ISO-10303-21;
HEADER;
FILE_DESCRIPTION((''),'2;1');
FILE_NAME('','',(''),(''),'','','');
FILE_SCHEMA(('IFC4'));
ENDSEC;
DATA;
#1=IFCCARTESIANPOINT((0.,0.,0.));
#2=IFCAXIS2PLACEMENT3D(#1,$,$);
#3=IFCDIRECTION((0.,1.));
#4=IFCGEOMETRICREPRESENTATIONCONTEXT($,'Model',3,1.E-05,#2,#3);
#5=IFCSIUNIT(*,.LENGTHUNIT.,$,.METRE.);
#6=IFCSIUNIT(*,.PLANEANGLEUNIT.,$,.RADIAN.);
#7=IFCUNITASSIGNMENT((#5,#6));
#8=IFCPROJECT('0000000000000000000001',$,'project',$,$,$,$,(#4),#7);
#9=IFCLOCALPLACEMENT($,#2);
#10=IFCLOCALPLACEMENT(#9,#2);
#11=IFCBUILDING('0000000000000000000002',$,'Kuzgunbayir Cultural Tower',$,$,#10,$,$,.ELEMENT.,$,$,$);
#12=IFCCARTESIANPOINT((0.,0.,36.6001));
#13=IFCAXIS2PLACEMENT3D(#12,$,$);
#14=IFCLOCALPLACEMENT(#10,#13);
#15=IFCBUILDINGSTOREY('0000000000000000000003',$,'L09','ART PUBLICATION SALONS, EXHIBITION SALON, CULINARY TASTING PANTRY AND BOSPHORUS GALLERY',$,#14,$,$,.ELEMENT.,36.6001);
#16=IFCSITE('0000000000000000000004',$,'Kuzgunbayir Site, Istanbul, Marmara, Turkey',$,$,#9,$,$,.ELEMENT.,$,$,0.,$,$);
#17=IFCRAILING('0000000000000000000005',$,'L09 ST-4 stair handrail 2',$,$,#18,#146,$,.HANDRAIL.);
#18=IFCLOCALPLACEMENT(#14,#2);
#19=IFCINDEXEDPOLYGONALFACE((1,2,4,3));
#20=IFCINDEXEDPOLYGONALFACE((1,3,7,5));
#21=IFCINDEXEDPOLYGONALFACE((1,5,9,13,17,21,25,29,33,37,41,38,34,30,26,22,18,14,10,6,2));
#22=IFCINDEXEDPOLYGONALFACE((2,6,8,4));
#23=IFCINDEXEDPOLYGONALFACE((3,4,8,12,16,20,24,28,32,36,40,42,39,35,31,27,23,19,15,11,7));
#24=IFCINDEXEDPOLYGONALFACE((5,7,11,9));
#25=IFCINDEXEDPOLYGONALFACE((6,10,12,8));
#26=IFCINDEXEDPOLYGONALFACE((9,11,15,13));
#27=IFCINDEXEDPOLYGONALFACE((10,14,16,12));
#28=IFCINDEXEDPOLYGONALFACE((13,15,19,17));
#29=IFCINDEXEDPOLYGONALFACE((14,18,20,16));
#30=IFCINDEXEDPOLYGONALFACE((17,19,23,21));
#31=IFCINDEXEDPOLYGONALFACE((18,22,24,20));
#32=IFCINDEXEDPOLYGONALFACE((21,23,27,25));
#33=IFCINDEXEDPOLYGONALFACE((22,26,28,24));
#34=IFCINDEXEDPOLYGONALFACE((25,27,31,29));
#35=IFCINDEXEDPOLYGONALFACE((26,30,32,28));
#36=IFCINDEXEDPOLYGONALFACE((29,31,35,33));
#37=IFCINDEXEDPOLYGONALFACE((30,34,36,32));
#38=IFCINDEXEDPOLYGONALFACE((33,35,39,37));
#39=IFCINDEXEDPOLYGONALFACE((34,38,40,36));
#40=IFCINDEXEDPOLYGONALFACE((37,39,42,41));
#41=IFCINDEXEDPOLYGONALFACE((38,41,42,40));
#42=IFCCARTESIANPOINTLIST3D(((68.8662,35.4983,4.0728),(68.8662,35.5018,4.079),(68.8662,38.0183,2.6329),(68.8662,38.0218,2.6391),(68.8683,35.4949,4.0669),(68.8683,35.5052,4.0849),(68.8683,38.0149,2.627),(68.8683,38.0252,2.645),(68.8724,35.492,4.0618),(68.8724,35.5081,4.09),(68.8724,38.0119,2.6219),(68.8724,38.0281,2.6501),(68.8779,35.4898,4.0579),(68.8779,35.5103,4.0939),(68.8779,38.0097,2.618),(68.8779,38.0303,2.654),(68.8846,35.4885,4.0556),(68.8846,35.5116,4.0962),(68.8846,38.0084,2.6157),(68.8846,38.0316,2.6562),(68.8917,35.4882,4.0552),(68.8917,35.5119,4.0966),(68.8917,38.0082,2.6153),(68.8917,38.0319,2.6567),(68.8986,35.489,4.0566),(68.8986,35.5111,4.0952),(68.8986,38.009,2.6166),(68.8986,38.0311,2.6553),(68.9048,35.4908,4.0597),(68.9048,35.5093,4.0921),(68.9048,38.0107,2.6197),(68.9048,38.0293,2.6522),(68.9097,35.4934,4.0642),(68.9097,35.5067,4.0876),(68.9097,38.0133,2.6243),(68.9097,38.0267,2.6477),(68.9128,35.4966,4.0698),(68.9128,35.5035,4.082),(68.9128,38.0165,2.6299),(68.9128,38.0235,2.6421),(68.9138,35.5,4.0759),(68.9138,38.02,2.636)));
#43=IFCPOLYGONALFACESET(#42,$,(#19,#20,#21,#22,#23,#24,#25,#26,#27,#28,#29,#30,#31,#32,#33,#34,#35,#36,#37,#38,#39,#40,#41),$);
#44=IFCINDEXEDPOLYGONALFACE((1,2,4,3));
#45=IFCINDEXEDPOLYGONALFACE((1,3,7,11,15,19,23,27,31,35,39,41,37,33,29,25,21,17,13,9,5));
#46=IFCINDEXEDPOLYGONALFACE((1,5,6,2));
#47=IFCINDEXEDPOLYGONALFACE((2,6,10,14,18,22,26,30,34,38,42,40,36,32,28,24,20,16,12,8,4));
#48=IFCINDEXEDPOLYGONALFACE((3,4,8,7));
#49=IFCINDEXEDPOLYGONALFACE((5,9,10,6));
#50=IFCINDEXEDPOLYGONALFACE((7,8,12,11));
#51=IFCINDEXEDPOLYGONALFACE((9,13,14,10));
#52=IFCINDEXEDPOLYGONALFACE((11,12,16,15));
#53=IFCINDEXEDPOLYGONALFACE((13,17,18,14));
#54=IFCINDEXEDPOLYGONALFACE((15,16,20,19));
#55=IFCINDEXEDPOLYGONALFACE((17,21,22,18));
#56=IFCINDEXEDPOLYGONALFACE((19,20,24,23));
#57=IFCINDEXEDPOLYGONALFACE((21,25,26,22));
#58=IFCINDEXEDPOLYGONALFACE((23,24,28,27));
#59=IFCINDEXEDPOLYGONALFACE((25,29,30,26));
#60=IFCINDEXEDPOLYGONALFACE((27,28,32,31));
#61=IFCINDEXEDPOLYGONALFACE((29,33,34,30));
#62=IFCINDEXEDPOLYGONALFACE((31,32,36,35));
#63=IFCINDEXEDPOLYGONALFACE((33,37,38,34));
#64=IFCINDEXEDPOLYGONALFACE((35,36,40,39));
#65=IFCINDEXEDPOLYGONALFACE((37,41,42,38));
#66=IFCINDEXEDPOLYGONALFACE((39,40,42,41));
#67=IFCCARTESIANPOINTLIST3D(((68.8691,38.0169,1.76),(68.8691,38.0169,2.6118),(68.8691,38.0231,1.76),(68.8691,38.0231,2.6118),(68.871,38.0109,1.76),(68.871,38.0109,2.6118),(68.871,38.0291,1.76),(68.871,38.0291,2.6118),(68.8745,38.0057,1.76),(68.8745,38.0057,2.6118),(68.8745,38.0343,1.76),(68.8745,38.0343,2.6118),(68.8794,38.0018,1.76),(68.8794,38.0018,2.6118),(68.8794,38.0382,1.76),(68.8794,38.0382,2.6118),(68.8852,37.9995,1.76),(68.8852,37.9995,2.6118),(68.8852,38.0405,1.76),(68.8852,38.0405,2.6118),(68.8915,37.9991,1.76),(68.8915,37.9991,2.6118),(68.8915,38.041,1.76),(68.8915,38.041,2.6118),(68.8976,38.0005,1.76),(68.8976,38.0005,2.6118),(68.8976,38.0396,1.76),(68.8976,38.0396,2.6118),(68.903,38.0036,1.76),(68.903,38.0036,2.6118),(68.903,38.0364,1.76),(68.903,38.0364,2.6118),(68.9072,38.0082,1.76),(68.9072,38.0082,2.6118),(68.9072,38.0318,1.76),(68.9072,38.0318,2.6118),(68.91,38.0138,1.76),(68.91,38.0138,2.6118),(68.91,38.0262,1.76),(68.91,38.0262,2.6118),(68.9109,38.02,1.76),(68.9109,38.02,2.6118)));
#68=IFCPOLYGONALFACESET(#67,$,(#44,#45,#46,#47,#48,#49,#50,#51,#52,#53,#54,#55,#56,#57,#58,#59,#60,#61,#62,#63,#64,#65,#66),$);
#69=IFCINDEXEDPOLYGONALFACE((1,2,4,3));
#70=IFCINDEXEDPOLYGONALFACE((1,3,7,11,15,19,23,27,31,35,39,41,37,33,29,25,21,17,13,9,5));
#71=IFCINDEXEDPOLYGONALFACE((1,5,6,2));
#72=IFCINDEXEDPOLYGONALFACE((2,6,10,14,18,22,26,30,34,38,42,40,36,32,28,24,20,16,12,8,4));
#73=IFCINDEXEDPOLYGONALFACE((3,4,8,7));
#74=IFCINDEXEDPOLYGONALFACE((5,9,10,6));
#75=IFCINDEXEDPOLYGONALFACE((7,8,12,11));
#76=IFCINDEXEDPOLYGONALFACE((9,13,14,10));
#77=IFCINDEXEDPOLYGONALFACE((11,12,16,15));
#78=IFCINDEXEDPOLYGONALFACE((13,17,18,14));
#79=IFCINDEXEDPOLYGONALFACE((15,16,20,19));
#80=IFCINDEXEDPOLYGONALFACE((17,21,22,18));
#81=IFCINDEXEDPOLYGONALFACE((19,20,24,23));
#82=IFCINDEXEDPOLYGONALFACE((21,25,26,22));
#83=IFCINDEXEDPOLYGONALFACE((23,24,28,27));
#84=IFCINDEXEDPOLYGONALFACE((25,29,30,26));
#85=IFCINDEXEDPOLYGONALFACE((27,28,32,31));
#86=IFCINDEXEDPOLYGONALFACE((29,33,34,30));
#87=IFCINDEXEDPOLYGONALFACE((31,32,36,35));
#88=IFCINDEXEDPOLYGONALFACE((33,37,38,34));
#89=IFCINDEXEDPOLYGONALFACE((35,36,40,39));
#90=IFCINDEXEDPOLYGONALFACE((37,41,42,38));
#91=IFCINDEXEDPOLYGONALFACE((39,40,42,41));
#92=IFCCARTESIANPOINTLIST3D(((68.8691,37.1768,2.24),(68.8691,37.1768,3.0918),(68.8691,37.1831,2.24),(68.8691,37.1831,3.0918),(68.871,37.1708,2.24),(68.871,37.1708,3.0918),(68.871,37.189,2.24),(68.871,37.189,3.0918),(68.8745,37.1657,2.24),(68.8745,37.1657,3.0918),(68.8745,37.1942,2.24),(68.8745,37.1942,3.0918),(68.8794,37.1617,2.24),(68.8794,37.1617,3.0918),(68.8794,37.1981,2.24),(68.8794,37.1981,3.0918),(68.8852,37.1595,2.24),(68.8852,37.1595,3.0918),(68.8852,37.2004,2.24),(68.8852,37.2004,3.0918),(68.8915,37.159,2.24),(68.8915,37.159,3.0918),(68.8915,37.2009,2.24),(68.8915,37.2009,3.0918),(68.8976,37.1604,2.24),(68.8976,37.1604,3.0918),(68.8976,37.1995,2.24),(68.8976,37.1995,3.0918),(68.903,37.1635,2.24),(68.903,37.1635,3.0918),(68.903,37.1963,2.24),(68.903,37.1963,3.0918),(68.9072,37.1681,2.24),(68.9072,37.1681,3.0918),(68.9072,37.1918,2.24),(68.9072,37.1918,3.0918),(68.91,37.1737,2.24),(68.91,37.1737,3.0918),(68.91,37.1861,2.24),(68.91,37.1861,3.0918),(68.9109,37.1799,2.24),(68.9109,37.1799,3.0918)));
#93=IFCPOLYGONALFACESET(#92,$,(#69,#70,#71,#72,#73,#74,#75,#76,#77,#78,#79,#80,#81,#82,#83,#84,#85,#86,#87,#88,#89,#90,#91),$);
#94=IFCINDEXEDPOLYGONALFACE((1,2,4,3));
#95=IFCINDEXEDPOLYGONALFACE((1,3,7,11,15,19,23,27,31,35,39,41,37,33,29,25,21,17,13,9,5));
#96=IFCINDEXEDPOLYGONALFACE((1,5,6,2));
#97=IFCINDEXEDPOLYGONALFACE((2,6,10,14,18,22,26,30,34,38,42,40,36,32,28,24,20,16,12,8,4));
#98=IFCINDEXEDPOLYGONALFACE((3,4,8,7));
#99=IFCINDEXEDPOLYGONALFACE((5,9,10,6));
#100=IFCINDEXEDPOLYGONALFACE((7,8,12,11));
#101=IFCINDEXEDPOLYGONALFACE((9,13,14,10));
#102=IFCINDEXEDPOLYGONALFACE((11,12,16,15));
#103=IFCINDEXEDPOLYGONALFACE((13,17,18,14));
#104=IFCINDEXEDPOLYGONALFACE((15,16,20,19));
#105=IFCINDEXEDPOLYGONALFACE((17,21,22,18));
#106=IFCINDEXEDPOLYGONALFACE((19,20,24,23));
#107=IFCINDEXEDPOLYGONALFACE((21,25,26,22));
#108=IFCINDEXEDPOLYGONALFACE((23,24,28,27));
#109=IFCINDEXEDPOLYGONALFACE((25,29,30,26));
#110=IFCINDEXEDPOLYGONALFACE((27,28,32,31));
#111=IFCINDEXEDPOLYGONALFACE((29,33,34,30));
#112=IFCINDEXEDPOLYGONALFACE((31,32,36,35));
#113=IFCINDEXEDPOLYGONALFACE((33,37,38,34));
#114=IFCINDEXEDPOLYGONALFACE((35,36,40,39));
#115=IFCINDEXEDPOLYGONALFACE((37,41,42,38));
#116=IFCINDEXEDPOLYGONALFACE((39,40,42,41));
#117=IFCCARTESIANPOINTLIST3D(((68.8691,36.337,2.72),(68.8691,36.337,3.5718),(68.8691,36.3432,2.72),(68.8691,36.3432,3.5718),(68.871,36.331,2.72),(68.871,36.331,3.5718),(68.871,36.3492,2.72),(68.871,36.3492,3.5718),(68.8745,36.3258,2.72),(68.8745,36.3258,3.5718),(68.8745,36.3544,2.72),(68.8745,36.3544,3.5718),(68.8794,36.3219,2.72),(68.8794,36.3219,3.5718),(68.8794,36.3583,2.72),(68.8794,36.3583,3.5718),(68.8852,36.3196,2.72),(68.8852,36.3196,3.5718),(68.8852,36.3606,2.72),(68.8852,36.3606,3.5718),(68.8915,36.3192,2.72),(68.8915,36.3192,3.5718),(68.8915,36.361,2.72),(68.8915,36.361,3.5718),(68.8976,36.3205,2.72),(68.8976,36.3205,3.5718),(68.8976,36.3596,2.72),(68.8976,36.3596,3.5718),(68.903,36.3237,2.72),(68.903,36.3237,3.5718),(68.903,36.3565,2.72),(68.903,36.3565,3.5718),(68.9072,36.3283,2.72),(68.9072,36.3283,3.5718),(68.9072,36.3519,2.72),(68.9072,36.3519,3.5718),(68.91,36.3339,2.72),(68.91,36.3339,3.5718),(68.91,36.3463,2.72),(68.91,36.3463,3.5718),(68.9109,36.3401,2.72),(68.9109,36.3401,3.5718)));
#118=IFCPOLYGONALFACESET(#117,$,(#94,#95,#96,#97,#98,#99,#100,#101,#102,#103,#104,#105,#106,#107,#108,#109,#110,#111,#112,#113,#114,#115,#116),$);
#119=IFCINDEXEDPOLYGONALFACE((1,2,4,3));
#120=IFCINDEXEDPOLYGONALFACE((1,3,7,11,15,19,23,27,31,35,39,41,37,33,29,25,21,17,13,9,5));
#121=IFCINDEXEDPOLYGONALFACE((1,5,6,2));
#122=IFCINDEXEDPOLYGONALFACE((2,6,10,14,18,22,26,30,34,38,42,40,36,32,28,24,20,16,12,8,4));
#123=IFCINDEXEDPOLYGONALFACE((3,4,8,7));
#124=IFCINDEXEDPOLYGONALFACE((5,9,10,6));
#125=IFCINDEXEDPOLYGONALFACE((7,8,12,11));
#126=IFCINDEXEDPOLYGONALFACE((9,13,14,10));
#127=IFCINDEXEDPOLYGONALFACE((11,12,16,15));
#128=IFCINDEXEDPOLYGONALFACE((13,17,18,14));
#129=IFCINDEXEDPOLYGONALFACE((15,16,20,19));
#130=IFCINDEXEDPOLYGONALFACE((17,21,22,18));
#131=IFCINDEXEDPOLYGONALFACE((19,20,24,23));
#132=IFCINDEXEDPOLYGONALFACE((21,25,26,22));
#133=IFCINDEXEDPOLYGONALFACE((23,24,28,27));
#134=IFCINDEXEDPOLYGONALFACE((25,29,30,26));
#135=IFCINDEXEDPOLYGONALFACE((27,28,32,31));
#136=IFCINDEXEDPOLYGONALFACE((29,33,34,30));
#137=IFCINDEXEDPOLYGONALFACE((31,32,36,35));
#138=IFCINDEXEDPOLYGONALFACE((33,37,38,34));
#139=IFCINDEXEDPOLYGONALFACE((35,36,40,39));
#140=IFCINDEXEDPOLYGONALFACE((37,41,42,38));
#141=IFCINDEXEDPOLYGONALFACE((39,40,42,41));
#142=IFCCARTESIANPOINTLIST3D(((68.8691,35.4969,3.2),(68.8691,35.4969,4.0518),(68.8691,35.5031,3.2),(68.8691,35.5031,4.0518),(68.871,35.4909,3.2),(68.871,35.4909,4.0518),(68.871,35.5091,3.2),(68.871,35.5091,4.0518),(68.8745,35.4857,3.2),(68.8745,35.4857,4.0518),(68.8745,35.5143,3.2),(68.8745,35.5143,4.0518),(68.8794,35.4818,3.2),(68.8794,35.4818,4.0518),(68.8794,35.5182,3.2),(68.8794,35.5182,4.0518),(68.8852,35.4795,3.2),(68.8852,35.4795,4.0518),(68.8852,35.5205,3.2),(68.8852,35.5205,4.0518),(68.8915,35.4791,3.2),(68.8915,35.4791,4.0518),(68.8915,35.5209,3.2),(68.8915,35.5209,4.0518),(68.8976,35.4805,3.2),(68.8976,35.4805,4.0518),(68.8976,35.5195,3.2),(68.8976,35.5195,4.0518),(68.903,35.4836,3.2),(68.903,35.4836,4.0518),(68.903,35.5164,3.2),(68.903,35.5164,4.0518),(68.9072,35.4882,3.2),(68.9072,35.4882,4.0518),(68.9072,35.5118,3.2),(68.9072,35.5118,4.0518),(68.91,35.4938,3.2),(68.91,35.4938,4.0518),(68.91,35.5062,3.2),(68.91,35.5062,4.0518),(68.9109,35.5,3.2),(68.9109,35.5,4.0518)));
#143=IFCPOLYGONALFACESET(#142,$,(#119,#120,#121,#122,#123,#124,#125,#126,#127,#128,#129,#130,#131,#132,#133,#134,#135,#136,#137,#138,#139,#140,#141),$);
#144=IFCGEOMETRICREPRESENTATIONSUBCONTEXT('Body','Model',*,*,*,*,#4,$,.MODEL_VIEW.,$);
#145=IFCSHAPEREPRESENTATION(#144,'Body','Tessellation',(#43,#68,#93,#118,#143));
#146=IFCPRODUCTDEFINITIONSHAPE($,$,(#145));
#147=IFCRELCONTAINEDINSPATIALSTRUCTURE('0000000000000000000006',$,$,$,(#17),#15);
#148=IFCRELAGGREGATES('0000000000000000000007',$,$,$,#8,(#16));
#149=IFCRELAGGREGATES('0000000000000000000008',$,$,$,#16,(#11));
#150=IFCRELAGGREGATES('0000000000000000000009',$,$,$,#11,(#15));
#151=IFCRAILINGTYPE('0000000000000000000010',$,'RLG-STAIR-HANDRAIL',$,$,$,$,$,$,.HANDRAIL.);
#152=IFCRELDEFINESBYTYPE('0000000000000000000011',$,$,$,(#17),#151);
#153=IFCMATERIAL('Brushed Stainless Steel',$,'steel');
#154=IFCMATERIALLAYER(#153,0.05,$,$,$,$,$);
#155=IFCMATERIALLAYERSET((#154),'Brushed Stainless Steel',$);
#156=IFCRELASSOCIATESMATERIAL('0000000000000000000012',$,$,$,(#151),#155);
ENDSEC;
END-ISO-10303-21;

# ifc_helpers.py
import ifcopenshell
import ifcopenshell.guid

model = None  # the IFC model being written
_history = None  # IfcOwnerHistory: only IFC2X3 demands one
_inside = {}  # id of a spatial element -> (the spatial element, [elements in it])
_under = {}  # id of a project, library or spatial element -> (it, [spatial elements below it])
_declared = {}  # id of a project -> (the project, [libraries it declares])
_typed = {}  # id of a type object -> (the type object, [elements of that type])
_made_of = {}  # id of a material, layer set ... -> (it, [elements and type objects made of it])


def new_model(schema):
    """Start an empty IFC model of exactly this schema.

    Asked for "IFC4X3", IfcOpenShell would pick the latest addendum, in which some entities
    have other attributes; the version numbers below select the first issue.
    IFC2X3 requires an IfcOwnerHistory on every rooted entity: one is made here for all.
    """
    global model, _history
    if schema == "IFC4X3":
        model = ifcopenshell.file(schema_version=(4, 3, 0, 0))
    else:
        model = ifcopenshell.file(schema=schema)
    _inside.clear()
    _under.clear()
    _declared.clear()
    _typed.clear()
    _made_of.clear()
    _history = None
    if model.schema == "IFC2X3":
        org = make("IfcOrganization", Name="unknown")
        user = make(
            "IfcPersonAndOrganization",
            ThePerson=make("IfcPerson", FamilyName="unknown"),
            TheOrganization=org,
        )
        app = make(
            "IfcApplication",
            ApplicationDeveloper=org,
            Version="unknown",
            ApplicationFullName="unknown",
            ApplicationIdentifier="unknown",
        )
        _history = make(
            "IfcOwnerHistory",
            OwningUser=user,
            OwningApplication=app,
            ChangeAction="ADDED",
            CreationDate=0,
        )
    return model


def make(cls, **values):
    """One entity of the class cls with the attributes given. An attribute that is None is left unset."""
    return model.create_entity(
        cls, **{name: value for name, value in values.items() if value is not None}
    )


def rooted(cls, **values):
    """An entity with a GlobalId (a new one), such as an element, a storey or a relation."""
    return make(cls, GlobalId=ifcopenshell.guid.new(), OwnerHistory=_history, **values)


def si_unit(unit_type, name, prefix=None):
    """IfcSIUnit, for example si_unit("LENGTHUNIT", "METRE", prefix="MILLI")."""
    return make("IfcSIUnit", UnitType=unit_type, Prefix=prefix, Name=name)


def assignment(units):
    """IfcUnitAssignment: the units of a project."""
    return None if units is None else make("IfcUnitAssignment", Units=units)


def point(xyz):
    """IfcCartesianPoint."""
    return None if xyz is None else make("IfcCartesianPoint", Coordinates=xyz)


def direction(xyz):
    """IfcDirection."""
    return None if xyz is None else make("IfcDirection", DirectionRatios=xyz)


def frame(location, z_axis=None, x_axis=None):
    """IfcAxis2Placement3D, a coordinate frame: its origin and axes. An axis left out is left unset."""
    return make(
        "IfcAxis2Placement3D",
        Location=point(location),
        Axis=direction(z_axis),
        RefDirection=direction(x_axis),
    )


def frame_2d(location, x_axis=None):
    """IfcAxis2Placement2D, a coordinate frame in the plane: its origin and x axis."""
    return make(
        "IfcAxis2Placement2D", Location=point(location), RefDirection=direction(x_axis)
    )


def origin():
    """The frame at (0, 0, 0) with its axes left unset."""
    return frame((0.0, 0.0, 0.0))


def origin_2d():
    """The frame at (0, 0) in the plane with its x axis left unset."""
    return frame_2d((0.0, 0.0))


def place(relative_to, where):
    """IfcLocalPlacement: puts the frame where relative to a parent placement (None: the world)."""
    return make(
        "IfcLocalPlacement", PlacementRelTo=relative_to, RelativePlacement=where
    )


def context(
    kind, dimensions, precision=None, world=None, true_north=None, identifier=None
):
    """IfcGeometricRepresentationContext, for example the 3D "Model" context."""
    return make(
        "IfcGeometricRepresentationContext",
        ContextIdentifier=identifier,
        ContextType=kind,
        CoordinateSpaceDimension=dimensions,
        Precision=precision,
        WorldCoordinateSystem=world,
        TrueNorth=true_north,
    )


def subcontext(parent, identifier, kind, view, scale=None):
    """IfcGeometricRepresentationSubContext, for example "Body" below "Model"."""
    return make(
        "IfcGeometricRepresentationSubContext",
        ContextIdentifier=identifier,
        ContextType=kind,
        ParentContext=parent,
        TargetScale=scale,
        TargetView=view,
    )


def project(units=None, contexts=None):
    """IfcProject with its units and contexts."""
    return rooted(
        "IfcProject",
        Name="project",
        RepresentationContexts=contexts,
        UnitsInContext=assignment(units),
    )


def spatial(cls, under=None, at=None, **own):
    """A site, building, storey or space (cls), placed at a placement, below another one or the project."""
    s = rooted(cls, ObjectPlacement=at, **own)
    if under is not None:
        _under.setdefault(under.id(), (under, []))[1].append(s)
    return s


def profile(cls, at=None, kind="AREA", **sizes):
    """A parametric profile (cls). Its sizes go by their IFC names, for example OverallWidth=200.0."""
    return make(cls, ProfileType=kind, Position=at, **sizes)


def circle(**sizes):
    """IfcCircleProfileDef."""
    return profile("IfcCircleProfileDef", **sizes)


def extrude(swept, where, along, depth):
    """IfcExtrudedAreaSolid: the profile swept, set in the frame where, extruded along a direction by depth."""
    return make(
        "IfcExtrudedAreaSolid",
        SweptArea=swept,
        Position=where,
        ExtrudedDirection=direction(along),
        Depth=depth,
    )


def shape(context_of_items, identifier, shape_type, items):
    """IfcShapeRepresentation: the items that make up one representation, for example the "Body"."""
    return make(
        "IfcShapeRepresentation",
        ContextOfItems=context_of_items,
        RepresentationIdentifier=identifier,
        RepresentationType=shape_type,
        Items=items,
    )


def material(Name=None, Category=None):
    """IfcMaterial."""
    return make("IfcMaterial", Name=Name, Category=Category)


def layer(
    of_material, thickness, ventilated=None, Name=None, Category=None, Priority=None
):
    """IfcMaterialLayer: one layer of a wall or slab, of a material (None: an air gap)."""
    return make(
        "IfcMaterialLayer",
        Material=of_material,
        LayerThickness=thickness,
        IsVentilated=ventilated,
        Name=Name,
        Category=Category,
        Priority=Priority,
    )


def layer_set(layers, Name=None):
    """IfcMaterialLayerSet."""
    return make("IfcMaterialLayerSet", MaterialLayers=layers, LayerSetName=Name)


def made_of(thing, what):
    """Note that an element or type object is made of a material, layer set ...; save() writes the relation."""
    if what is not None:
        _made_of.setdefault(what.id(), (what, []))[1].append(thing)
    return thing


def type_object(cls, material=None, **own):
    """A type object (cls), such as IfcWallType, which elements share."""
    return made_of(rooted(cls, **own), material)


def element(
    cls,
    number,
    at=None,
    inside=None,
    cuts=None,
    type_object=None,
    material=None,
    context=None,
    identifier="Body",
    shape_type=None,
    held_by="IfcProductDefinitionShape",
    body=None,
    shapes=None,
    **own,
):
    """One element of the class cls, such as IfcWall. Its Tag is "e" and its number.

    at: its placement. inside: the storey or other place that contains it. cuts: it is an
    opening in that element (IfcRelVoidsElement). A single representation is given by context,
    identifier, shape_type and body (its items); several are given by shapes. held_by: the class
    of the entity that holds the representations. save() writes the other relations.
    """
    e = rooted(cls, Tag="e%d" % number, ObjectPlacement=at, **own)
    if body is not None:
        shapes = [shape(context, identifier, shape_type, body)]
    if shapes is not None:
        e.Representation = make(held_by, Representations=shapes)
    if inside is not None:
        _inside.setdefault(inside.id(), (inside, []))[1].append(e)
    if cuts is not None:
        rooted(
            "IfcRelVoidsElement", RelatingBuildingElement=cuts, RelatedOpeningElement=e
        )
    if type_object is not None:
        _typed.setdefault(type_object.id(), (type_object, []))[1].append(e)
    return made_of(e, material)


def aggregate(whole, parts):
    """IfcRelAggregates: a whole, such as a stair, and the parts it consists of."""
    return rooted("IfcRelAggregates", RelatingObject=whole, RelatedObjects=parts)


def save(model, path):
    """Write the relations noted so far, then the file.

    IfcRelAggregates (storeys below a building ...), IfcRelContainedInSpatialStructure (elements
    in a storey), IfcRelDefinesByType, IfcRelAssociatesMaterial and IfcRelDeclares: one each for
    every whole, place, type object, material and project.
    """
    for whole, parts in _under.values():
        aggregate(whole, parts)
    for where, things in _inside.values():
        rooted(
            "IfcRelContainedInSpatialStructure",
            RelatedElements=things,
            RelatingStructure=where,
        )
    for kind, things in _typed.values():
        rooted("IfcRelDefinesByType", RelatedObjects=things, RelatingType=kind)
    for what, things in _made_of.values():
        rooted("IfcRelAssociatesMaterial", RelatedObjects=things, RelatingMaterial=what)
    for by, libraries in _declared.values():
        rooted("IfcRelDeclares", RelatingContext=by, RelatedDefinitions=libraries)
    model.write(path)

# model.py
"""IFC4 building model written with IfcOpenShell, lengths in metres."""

from ifc_helpers import new_model, si_unit, direction, frame, origin, origin_2d, place, context, subcontext, project, spatial, circle, extrude, material, layer, layer_set, type_object, element, save


model = new_model("IFC4")

# Units and contexts
model_context = context("Model", 3, precision=1e-05, world=origin(), true_north=direction((0.0, 1.0)))
body_context = subcontext(model_context, "Body", "Model", "MODEL_VIEW")
ifc_project = project(units=[si_unit("LENGTHUNIT", "METRE"), si_unit("PLANEANGLEUNIT", "RADIAN")], contexts=[model_context])

# Site, building, storey
site_placement = place(None, origin())
site = spatial("IfcSite", under=ifc_project, at=site_placement, Name="Kuzgunbayir Site, Istanbul, Marmara, Turkey", CompositionType="ELEMENT", RefElevation=0.0)
building_placement = place(site_placement, origin())
building = spatial("IfcBuilding", under=site, at=building_placement, Name="Kuzgunbayir Cultural Tower", CompositionType="ELEMENT")
storey_placement = place(building_placement, frame((0.0, 0.0, 36.6001)))
storey = spatial("IfcBuildingStorey", under=building, at=storey_placement, Name="L09", Description="ART PUBLICATION SALONS, EXHIBITION SALON, CULINARY TASTING PANTRY AND BOSPHORUS GALLERY", CompositionType="ELEMENT", Elevation=36.6001)

# Shared definitions
ifc_material_1 = material(Name="Brushed Stainless Steel", Category="steel")

# Railing
ifc_layer_1 = layer(ifc_material_1, 0.05)
ifc_layer_set_1 = layer_set([ifc_layer_1], Name="Brushed Stainless Steel")
railing_type_1 = type_object("IfcRailingType", Name="RLG-STAIR-HANDRAIL", PredefinedType="HANDRAIL", material=ifc_layer_set_1)
railing_1_placement = place(storey_placement, frame((68.8899, 38.02, 1.76)))
element("IfcRailing", 1, at=railing_1_placement, inside=storey, type_object=railing_type_1, Name="L09 ST-4 stair handrail 2", PredefinedType="HANDRAIL", context=body_context, shape_type="SweptSolid", body=[
    extrude(circle(Radius=0.0239, at=origin_2d()), frame((0.0, 0.0, 0.876), z_axis=(0.0, -0.868253, 0.496121), x_axis=(1.0, 0.0, 0.0)), (0.0, 0.0, 1.0), 2.9023),
    extrude(circle(Radius=0.021, at=origin_2d()), origin(), (0.0, 0.0, 1.0), 0.8518),
    extrude(circle(Radius=0.021, at=origin_2d()), frame((0.0, -0.8401, 0.48)), (0.0, 0.0, 1.0), 0.8518),
    extrude(circle(Radius=0.021, at=origin_2d()), frame((0.0, -1.6799, 0.96)), (0.0, 0.0, 1.0), 0.8518),
    extrude(circle(Radius=0.021, at=origin_2d()), frame((0.0, -2.52, 1.4399)), (0.0, 0.0, 1.0), 0.8518),
])

save(model, "model.ifc")
